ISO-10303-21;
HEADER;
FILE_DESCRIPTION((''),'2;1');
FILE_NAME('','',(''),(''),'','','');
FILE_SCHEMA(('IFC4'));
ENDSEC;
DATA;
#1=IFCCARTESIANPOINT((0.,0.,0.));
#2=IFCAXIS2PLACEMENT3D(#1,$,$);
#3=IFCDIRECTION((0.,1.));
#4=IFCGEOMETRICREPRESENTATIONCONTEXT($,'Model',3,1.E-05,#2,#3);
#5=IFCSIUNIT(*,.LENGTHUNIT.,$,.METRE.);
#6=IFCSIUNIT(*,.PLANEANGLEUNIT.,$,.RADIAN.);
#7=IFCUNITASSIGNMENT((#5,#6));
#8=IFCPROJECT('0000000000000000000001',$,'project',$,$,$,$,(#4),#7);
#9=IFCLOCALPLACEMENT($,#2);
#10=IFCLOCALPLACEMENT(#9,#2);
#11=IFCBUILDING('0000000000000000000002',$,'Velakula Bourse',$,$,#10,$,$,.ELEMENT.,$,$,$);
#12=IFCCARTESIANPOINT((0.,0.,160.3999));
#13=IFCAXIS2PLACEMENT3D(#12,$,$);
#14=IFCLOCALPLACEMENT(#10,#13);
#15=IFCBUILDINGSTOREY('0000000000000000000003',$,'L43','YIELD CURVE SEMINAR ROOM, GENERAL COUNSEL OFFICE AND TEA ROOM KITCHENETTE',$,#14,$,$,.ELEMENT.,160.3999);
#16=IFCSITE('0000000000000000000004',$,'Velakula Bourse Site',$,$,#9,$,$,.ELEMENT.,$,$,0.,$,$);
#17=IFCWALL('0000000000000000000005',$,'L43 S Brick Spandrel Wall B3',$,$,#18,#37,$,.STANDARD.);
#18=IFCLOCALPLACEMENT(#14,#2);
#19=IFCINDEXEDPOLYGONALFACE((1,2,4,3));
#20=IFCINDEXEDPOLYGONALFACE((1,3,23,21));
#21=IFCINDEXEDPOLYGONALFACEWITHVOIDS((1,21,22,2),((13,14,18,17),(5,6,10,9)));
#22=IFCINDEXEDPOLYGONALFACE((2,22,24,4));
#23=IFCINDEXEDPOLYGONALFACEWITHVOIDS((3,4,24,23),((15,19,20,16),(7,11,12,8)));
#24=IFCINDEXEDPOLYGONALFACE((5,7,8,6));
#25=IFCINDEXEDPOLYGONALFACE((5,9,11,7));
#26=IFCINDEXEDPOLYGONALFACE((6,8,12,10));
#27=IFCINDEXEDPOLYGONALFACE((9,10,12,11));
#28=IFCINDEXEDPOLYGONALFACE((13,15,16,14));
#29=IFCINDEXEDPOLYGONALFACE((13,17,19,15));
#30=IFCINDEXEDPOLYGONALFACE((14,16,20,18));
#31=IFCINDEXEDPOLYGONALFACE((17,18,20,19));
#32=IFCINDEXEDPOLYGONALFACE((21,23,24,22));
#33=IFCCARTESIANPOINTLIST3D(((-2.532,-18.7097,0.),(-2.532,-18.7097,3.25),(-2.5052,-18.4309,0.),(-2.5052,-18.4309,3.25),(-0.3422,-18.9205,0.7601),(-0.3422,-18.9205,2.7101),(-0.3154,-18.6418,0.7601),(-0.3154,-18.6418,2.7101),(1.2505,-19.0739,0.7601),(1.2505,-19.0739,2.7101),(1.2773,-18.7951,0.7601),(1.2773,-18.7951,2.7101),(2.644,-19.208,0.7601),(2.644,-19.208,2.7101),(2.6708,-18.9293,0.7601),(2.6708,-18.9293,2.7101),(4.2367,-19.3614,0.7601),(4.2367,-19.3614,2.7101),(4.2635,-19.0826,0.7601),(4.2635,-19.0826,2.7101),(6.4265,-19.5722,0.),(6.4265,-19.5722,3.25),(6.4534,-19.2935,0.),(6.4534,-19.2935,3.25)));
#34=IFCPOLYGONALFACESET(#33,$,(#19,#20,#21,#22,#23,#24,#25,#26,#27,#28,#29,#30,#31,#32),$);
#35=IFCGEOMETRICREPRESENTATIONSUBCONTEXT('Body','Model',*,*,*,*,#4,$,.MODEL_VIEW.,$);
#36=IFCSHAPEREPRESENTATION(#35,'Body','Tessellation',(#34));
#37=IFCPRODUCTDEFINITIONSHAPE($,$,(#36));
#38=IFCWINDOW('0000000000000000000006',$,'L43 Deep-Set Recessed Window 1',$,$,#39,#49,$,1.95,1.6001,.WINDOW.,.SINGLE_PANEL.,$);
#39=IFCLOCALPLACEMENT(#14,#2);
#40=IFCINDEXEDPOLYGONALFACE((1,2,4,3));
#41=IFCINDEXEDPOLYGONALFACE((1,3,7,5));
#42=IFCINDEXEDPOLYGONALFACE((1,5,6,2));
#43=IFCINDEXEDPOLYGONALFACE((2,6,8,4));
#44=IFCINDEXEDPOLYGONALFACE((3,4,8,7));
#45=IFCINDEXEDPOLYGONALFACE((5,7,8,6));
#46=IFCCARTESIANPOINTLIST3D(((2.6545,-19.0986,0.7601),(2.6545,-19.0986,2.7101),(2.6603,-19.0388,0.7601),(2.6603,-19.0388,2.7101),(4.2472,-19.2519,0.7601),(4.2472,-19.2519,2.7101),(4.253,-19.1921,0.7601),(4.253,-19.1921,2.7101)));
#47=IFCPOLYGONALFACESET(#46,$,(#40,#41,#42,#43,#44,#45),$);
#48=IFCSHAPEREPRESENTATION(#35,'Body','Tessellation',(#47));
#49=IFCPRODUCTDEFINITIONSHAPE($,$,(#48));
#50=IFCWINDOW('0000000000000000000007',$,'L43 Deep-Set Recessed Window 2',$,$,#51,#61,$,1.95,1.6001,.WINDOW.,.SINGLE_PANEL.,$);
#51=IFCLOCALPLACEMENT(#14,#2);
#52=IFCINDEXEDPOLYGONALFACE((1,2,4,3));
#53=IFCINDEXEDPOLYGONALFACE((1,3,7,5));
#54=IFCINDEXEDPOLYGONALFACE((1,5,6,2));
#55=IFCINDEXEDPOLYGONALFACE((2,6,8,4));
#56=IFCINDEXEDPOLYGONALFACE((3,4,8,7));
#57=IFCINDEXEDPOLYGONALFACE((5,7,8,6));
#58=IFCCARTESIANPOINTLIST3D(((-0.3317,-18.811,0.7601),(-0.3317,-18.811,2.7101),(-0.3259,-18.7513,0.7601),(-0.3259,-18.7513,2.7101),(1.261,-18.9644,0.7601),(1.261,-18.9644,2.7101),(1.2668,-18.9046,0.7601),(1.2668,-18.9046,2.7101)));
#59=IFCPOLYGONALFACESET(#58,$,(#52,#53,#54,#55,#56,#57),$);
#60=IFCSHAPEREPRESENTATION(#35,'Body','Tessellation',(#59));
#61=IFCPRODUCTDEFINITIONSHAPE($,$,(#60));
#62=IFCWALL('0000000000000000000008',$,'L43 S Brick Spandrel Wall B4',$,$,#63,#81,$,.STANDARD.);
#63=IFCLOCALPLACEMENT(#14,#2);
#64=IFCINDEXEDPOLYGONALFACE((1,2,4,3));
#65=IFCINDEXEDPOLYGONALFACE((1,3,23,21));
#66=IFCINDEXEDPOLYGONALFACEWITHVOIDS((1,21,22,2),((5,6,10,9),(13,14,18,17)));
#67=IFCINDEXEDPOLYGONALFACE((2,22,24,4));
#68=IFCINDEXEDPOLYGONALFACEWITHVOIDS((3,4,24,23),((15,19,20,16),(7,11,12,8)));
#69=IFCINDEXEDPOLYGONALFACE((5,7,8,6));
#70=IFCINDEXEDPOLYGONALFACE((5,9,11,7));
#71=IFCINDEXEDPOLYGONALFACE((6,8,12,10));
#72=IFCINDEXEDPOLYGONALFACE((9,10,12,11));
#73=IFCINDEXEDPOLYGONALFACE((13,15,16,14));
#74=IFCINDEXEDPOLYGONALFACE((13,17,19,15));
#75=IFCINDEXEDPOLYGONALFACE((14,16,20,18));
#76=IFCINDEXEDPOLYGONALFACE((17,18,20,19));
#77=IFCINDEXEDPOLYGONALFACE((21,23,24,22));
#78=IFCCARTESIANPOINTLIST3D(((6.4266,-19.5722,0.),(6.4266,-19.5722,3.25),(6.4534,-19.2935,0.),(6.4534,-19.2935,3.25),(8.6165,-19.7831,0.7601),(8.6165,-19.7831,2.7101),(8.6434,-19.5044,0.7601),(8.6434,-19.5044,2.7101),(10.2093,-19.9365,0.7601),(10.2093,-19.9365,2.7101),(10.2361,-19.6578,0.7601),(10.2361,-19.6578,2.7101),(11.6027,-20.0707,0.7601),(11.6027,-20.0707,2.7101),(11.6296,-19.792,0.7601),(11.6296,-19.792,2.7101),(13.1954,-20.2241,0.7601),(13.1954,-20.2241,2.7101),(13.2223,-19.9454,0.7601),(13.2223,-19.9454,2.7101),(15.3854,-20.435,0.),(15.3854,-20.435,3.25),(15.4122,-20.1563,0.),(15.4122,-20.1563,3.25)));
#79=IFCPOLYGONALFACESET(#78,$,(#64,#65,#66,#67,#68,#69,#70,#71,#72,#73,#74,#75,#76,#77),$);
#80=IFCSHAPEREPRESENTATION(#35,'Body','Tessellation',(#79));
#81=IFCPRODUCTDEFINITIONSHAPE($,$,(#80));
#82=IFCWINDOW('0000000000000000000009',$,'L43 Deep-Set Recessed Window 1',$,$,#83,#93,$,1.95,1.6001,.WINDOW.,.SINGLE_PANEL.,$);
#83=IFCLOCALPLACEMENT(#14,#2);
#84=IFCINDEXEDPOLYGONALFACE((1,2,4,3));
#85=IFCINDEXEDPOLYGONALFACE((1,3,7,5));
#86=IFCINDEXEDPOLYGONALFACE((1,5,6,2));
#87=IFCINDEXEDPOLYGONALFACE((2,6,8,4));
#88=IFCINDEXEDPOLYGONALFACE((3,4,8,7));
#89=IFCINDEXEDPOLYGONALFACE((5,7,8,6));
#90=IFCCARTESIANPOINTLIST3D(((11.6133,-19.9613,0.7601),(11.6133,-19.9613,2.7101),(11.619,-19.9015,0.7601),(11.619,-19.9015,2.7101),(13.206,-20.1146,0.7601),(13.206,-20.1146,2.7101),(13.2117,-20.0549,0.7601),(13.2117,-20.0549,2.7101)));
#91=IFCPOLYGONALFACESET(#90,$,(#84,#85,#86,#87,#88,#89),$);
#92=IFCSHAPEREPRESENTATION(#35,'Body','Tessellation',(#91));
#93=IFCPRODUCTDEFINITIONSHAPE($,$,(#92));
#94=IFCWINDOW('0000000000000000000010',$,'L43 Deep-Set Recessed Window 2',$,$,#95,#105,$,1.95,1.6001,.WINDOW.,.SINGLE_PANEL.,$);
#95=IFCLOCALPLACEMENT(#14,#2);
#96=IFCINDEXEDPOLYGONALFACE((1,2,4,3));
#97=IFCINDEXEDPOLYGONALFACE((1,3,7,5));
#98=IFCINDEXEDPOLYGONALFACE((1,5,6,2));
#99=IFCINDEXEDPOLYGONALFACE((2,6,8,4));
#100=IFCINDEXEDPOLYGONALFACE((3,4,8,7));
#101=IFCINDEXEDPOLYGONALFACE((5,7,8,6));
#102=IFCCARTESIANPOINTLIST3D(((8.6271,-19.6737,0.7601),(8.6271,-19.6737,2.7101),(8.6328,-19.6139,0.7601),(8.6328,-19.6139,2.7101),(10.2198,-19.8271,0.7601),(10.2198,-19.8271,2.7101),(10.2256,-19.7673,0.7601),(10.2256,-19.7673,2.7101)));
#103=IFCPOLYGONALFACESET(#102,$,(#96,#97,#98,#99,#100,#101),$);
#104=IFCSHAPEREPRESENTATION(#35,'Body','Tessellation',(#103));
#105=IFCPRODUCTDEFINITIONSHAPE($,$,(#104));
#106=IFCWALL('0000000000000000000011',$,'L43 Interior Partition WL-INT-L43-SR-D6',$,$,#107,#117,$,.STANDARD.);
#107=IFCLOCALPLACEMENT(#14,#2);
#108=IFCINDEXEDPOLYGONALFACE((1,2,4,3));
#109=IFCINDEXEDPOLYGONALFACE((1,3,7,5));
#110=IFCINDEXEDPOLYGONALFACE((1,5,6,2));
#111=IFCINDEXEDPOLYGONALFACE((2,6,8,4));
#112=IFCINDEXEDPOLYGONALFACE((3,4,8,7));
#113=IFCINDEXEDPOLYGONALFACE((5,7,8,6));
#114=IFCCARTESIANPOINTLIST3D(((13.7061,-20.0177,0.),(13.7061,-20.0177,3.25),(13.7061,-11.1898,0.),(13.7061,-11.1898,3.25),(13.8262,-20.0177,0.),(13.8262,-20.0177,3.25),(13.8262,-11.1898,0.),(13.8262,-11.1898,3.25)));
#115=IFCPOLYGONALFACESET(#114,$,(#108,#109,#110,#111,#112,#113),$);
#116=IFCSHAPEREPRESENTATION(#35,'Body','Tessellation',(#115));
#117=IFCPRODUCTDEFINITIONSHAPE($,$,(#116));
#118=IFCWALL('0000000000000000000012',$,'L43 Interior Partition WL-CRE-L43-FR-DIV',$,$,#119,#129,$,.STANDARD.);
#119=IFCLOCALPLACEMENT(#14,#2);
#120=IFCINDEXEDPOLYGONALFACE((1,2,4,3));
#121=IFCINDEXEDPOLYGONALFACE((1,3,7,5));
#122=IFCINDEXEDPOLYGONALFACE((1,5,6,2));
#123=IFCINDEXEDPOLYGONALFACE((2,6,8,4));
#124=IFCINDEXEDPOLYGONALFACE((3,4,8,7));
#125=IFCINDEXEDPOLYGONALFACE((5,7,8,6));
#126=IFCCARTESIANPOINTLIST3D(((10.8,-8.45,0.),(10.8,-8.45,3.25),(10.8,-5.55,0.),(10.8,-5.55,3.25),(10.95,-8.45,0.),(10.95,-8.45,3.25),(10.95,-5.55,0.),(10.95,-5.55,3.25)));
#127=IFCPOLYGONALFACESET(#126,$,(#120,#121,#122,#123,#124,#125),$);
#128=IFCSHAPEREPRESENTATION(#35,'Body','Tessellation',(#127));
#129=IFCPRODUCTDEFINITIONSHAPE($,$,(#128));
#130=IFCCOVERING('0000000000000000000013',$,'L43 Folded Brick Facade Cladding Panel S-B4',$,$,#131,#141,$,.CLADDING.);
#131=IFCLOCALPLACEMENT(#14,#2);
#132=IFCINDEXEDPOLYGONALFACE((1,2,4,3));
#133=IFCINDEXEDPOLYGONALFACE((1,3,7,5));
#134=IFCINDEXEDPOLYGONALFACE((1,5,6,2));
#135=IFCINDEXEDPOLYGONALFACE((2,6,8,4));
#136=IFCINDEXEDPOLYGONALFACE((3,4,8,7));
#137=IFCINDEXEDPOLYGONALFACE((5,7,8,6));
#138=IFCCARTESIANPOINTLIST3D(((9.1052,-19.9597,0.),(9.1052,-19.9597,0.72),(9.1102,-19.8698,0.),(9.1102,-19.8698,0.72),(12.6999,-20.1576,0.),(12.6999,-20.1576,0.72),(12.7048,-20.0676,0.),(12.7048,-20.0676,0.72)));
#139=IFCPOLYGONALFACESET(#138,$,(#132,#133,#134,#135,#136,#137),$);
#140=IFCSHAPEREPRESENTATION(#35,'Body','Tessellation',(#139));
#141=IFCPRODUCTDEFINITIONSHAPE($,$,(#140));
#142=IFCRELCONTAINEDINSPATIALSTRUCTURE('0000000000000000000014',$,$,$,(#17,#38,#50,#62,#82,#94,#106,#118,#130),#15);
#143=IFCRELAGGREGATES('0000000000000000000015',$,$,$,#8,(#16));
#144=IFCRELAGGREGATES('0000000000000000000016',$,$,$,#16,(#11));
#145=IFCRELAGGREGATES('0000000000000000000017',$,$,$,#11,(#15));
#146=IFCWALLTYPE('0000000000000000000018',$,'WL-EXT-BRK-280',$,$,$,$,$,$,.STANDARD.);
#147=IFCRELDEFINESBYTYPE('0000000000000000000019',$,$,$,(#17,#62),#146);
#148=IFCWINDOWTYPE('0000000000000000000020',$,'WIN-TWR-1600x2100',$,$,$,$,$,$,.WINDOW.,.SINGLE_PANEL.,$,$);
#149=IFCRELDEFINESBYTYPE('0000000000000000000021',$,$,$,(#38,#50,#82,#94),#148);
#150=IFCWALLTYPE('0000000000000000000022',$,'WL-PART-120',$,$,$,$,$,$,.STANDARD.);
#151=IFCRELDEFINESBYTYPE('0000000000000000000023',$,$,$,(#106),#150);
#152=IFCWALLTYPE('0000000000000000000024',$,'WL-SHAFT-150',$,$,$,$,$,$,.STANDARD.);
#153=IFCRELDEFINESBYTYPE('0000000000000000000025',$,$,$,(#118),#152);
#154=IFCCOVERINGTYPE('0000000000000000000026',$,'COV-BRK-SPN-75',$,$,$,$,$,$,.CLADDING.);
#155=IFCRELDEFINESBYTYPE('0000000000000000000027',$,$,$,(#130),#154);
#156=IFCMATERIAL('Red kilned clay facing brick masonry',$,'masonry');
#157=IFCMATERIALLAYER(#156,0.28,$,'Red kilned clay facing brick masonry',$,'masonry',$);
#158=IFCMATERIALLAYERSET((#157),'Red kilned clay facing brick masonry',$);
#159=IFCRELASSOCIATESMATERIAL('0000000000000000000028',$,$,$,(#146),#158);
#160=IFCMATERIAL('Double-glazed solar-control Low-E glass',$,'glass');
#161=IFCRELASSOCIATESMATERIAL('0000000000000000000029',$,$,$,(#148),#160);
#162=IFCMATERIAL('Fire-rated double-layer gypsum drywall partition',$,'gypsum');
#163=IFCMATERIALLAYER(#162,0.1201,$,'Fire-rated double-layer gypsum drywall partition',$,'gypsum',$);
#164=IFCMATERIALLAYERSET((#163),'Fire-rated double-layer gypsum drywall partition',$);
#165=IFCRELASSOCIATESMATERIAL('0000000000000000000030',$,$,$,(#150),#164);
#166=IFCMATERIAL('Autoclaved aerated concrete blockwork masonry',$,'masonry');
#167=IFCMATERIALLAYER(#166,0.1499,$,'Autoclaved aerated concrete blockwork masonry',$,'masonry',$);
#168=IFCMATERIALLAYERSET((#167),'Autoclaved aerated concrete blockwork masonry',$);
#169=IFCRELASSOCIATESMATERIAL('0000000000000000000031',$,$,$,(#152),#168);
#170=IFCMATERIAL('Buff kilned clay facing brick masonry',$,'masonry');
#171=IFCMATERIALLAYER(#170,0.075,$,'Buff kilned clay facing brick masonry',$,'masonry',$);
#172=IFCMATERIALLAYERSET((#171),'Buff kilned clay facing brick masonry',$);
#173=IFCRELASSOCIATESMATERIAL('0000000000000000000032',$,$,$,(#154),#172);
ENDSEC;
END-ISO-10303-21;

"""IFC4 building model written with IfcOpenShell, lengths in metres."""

from ifc_helpers import new_model, si_unit, direction, frame, frame_2d, origin, origin_2d, place, context, subcontext, project, spatial, rectangle, extrude, material, layer, layer_set, type_object, element, fill, save


model = new_model("IFC4")

# Units and contexts
model_context = context("Model", 3, precision=1e-05, world=origin(), true_north=direction((0.0, 1.0)))
body_context = subcontext(model_context, "Body", "Model", "MODEL_VIEW")
ifc_project = project(units=[si_unit("LENGTHUNIT", "METRE"), si_unit("PLANEANGLEUNIT", "RADIAN")], contexts=[model_context])

# Site, building, storey
site_placement = place(None, origin())
site = spatial("IfcSite", under=ifc_project, at=site_placement, Name="Velakula Bourse Site", CompositionType="ELEMENT", RefElevation=0.0)
building_placement = place(site_placement, origin())
building = spatial("IfcBuilding", under=site, at=building_placement, Name="Velakula Bourse", CompositionType="ELEMENT")
storey_placement = place(building_placement, frame((0.0, 0.0, 160.3999)))
storey = spatial("IfcBuildingStorey", under=building, at=storey_placement, Name="L43", Description="YIELD CURVE SEMINAR ROOM, GENERAL COUNSEL OFFICE AND TEA ROOM KITCHENETTE", CompositionType="ELEMENT", Elevation=160.3999)

# Walls, openings, windows
ifc_material_1 = material(Name="Red kilned clay facing brick masonry", Category="masonry")
ifc_layer_1 = layer(ifc_material_1, 0.28, Name="Red kilned clay facing brick masonry", Category="masonry")
ifc_layer_set_1 = layer_set([ifc_layer_1], Name="Red kilned clay facing brick masonry")
wall_type_1 = type_object("IfcWallType", Name="WL-EXT-BRK-280", PredefinedType="STANDARD", material=ifc_layer_set_1)
wall_1_placement = place(storey_placement, frame((6.4399, -19.4329, 0.0), z_axis=(0.0, 0.0, 1.0), x_axis=(-0.995397, 0.09584, 0.0)))
wall_1 = element("IfcWall", 1, at=wall_1_placement, inside=storey, type_object=wall_type_1, Name="L43 S Brick Spandrel Wall B3", PredefinedType="STANDARD", context=body_context, shape_type="SweptSolid", body=[
    extrude(rectangle(XDim=9.0, YDim=0.28, at=frame_2d((4.5, 0.0))), origin(), (0.0, 0.0, 1.0), 3.25),
])
opening_1_placement = place(wall_1_placement, frame((2.2, 0.0, 0.76)))
opening_1 = element("IfcOpeningElement", 2, at=opening_1_placement, cuts=wall_1, PredefinedType="OPENING", context=body_context, shape_type="SweptSolid", body=[
    extrude(rectangle(XDim=1.6001, YDim=1.95, at=frame_2d((0.8, 0.9751))), frame((0.0, 0.1499, 0.0), z_axis=(0.0, -1.0, 0.0), x_axis=(1.0, 0.0, 0.0)), (0.0, 0.0, 1.0), 0.3),
])
opening_2_placement = place(wall_1_placement, frame((5.2, 0.0, 0.76)))
opening_2 = element("IfcOpeningElement", 3, at=opening_2_placement, cuts=wall_1, PredefinedType="OPENING", context=body_context, shape_type="SweptSolid", body=[
    extrude(rectangle(XDim=1.6001, YDim=1.95, at=frame_2d((0.8, 0.9751))), frame((0.0, 0.1499, 0.0), z_axis=(0.0, -1.0, 0.0), x_axis=(1.0, 0.0, 0.0)), (0.0, 0.0, 1.0), 0.3),
])
ifc_material_2 = material(Name="Double-glazed solar-control Low-E glass", Category="glass")
window_type = type_object("IfcWindowType", Name="WIN-TWR-1600x2100", PartitioningType="SINGLE_PANEL", PredefinedType="WINDOW", material=ifc_material_2)
window_1_placement = place(opening_1_placement, origin())
window_1 = element("IfcWindow", 4, at=window_1_placement, inside=storey, type_object=window_type, Name="L43 Deep-Set Recessed Window 1", OverallHeight=1.95, OverallWidth=1.6001, PartitioningType="SINGLE_PANEL", PredefinedType="WINDOW", context=body_context, shape_type="SweptSolid", body=[
    extrude(rectangle(XDim=1.6001, YDim=1.95, at=frame_2d((0.8, 0.9751))), frame((0.0, 0.03, 0.0), z_axis=(0.0, -1.0, 0.0), x_axis=(1.0, 0.0, 0.0)), (0.0, 0.0, 1.0), 0.0601),
])
fill(opening_1, window_1)
window_2_placement = place(opening_2_placement, origin())
window_2 = element("IfcWindow", 5, at=window_2_placement, inside=storey, type_object=window_type, Name="L43 Deep-Set Recessed Window 2", OverallHeight=1.95, OverallWidth=1.6001, PartitioningType="SINGLE_PANEL", PredefinedType="WINDOW", context=body_context, shape_type="SweptSolid", body=[
    extrude(rectangle(XDim=1.6001, YDim=1.95, at=frame_2d((0.8, 0.9751))), frame((0.0, 0.03, 0.0), z_axis=(0.0, -1.0, 0.0), x_axis=(1.0, 0.0, 0.0)), (0.0, 0.0, 1.0), 0.0601),
])
fill(opening_2, window_2)
wall_2_placement = place(storey_placement, frame((15.3987, -20.2957, 0.0), z_axis=(0.0, 0.0, 1.0), x_axis=(-0.995394, 0.095864, 0.0)))
wall_2 = element("IfcWall", 6, at=wall_2_placement, inside=storey, type_object=wall_type_1, Name="L43 S Brick Spandrel Wall B4", PredefinedType="STANDARD", context=body_context, shape_type="SweptSolid", body=[
    extrude(rectangle(XDim=9.0002, YDim=0.28, at=frame_2d((4.5, 0.0))), origin(), (0.0, 0.0, 1.0), 3.25),
])
opening_3_placement = place(wall_2_placement, frame((2.2, 0.0, 0.76)))
opening_3 = element("IfcOpeningElement", 7, at=opening_3_placement, cuts=wall_2, PredefinedType="OPENING", context=body_context, shape_type="SweptSolid", body=[
    extrude(rectangle(XDim=1.6001, YDim=1.95, at=frame_2d((0.8, 0.9751))), frame((0.0, 0.1499, 0.0), z_axis=(0.0, -1.0, 0.0), x_axis=(1.0, 0.0, 0.0)), (0.0, 0.0, 1.0), 0.3),
])
opening_4_placement = place(wall_2_placement, frame((5.2, 0.0, 0.76)))
opening_4 = element("IfcOpeningElement", 8, at=opening_4_placement, cuts=wall_2, PredefinedType="OPENING", context=body_context, shape_type="SweptSolid", body=[
    extrude(rectangle(XDim=1.6001, YDim=1.95, at=frame_2d((0.8, 0.9751))), frame((0.0, 0.1499, 0.0), z_axis=(0.0, -1.0, 0.0), x_axis=(1.0, 0.0, 0.0)), (0.0, 0.0, 1.0), 0.3),
])
window_3_placement = place(opening_3_placement, origin())
window_3 = element("IfcWindow", 9, at=window_3_placement, inside=storey, type_object=window_type, Name="L43 Deep-Set Recessed Window 1", OverallHeight=1.95, OverallWidth=1.6001, PartitioningType="SINGLE_PANEL", PredefinedType="WINDOW", context=body_context, shape_type="SweptSolid", body=[
    extrude(rectangle(XDim=1.6001, YDim=1.95, at=frame_2d((0.8, 0.9751))), frame((0.0, 0.03, 0.0), z_axis=(0.0, -1.0, 0.0), x_axis=(1.0, 0.0, 0.0)), (0.0, 0.0, 1.0), 0.0601),
])
fill(opening_3, window_3)
window_4_placement = place(opening_4_placement, origin())
window_4 = element("IfcWindow", 10, at=window_4_placement, inside=storey, type_object=window_type, Name="L43 Deep-Set Recessed Window 2", OverallHeight=1.95, OverallWidth=1.6001, PartitioningType="SINGLE_PANEL", PredefinedType="WINDOW", context=body_context, shape_type="SweptSolid", body=[
    extrude(rectangle(XDim=1.6001, YDim=1.95, at=frame_2d((0.8, 0.9751))), frame((0.0, 0.03, 0.0), z_axis=(0.0, -1.0, 0.0), x_axis=(1.0, 0.0, 0.0)), (0.0, 0.0, 1.0), 0.0601),
])
fill(opening_4, window_4)

# Walls
ifc_material_3 = material(Name="Fire-rated double-layer gypsum drywall partition", Category="gypsum")
ifc_layer_2 = layer(ifc_material_3, 0.1201, Name="Fire-rated double-layer gypsum drywall partition", Category="gypsum")
ifc_layer_set_2 = layer_set([ifc_layer_2], Name="Fire-rated double-layer gypsum drywall partition")
wall_type_2 = type_object("IfcWallType", Name="WL-PART-120", PredefinedType="STANDARD", material=ifc_layer_set_2)
wall_3_placement = place(storey_placement, frame((13.7661, -20.0178, 0.0), z_axis=(0.0, 0.0, 1.0), x_axis=(0.0, 1.0, 0.0)))
element("IfcWall", 11, at=wall_3_placement, inside=storey, type_object=wall_type_2, Name="L43 Interior Partition WL-INT-L43-SR-D6", PredefinedType="STANDARD", context=body_context, shape_type="SweptSolid", body=[
    extrude(rectangle(XDim=8.8279, YDim=0.1201, at=frame_2d((4.4141, 0.0))), origin(), (0.0, 0.0, 1.0), 3.25),
])
ifc_material_4 = material(Name="Autoclaved aerated concrete blockwork masonry", Category="masonry")
ifc_layer_3 = layer(ifc_material_4, 0.1499, Name="Autoclaved aerated concrete blockwork masonry", Category="masonry")
ifc_layer_set_3 = layer_set([ifc_layer_3], Name="Autoclaved aerated concrete blockwork masonry")
wall_type_3 = type_object("IfcWallType", Name="WL-SHAFT-150", PredefinedType="STANDARD", material=ifc_layer_set_3)
wall_4_placement = place(storey_placement, frame((10.875, -8.45, 0.0), z_axis=(0.0, 0.0, 1.0), x_axis=(0.0, 1.0, 0.0)))
element("IfcWall", 12, at=wall_4_placement, inside=storey, type_object=wall_type_3, Name="L43 Interior Partition WL-CRE-L43-FR-DIV", PredefinedType="STANDARD", context=body_context, shape_type="SweptSolid", body=[
    extrude(rectangle(XDim=2.8999, YDim=0.1499, at=frame_2d((1.45, 0.0))), origin(), (0.0, 0.0, 1.0), 3.25),
])

# Covering
ifc_material_5 = material(Name="Buff kilned clay facing brick masonry", Category="masonry")
ifc_layer_4 = layer(ifc_material_5, 0.075, Name="Buff kilned clay facing brick masonry", Category="masonry")
ifc_layer_set_4 = layer_set([ifc_layer_4], Name="Buff kilned clay facing brick masonry")
covering_type = type_object("IfcCoveringType", Name="COV-BRK-SPN-75", PredefinedType="CLADDING", material=ifc_layer_set_4)
covering_placement = place(storey_placement, frame((10.905, -20.0137, 0.0), z_axis=(0.0, 0.0, 1.0), x_axis=(0.998489, -0.05495, 0.0)))
element("IfcCovering", 13, at=covering_placement, inside=storey, type_object=covering_type, Name="L43 Folded Brick Facade Cladding Panel S-B4", PredefinedType="CLADDING", context=body_context, shape_type="SweptSolid", body=[
    extrude(rectangle(XDim=3.6001, YDim=0.0901, at=origin_2d()), origin(), (0.0, 0.0, 1.0), 0.72),
])

save(model, "model.ifc")
